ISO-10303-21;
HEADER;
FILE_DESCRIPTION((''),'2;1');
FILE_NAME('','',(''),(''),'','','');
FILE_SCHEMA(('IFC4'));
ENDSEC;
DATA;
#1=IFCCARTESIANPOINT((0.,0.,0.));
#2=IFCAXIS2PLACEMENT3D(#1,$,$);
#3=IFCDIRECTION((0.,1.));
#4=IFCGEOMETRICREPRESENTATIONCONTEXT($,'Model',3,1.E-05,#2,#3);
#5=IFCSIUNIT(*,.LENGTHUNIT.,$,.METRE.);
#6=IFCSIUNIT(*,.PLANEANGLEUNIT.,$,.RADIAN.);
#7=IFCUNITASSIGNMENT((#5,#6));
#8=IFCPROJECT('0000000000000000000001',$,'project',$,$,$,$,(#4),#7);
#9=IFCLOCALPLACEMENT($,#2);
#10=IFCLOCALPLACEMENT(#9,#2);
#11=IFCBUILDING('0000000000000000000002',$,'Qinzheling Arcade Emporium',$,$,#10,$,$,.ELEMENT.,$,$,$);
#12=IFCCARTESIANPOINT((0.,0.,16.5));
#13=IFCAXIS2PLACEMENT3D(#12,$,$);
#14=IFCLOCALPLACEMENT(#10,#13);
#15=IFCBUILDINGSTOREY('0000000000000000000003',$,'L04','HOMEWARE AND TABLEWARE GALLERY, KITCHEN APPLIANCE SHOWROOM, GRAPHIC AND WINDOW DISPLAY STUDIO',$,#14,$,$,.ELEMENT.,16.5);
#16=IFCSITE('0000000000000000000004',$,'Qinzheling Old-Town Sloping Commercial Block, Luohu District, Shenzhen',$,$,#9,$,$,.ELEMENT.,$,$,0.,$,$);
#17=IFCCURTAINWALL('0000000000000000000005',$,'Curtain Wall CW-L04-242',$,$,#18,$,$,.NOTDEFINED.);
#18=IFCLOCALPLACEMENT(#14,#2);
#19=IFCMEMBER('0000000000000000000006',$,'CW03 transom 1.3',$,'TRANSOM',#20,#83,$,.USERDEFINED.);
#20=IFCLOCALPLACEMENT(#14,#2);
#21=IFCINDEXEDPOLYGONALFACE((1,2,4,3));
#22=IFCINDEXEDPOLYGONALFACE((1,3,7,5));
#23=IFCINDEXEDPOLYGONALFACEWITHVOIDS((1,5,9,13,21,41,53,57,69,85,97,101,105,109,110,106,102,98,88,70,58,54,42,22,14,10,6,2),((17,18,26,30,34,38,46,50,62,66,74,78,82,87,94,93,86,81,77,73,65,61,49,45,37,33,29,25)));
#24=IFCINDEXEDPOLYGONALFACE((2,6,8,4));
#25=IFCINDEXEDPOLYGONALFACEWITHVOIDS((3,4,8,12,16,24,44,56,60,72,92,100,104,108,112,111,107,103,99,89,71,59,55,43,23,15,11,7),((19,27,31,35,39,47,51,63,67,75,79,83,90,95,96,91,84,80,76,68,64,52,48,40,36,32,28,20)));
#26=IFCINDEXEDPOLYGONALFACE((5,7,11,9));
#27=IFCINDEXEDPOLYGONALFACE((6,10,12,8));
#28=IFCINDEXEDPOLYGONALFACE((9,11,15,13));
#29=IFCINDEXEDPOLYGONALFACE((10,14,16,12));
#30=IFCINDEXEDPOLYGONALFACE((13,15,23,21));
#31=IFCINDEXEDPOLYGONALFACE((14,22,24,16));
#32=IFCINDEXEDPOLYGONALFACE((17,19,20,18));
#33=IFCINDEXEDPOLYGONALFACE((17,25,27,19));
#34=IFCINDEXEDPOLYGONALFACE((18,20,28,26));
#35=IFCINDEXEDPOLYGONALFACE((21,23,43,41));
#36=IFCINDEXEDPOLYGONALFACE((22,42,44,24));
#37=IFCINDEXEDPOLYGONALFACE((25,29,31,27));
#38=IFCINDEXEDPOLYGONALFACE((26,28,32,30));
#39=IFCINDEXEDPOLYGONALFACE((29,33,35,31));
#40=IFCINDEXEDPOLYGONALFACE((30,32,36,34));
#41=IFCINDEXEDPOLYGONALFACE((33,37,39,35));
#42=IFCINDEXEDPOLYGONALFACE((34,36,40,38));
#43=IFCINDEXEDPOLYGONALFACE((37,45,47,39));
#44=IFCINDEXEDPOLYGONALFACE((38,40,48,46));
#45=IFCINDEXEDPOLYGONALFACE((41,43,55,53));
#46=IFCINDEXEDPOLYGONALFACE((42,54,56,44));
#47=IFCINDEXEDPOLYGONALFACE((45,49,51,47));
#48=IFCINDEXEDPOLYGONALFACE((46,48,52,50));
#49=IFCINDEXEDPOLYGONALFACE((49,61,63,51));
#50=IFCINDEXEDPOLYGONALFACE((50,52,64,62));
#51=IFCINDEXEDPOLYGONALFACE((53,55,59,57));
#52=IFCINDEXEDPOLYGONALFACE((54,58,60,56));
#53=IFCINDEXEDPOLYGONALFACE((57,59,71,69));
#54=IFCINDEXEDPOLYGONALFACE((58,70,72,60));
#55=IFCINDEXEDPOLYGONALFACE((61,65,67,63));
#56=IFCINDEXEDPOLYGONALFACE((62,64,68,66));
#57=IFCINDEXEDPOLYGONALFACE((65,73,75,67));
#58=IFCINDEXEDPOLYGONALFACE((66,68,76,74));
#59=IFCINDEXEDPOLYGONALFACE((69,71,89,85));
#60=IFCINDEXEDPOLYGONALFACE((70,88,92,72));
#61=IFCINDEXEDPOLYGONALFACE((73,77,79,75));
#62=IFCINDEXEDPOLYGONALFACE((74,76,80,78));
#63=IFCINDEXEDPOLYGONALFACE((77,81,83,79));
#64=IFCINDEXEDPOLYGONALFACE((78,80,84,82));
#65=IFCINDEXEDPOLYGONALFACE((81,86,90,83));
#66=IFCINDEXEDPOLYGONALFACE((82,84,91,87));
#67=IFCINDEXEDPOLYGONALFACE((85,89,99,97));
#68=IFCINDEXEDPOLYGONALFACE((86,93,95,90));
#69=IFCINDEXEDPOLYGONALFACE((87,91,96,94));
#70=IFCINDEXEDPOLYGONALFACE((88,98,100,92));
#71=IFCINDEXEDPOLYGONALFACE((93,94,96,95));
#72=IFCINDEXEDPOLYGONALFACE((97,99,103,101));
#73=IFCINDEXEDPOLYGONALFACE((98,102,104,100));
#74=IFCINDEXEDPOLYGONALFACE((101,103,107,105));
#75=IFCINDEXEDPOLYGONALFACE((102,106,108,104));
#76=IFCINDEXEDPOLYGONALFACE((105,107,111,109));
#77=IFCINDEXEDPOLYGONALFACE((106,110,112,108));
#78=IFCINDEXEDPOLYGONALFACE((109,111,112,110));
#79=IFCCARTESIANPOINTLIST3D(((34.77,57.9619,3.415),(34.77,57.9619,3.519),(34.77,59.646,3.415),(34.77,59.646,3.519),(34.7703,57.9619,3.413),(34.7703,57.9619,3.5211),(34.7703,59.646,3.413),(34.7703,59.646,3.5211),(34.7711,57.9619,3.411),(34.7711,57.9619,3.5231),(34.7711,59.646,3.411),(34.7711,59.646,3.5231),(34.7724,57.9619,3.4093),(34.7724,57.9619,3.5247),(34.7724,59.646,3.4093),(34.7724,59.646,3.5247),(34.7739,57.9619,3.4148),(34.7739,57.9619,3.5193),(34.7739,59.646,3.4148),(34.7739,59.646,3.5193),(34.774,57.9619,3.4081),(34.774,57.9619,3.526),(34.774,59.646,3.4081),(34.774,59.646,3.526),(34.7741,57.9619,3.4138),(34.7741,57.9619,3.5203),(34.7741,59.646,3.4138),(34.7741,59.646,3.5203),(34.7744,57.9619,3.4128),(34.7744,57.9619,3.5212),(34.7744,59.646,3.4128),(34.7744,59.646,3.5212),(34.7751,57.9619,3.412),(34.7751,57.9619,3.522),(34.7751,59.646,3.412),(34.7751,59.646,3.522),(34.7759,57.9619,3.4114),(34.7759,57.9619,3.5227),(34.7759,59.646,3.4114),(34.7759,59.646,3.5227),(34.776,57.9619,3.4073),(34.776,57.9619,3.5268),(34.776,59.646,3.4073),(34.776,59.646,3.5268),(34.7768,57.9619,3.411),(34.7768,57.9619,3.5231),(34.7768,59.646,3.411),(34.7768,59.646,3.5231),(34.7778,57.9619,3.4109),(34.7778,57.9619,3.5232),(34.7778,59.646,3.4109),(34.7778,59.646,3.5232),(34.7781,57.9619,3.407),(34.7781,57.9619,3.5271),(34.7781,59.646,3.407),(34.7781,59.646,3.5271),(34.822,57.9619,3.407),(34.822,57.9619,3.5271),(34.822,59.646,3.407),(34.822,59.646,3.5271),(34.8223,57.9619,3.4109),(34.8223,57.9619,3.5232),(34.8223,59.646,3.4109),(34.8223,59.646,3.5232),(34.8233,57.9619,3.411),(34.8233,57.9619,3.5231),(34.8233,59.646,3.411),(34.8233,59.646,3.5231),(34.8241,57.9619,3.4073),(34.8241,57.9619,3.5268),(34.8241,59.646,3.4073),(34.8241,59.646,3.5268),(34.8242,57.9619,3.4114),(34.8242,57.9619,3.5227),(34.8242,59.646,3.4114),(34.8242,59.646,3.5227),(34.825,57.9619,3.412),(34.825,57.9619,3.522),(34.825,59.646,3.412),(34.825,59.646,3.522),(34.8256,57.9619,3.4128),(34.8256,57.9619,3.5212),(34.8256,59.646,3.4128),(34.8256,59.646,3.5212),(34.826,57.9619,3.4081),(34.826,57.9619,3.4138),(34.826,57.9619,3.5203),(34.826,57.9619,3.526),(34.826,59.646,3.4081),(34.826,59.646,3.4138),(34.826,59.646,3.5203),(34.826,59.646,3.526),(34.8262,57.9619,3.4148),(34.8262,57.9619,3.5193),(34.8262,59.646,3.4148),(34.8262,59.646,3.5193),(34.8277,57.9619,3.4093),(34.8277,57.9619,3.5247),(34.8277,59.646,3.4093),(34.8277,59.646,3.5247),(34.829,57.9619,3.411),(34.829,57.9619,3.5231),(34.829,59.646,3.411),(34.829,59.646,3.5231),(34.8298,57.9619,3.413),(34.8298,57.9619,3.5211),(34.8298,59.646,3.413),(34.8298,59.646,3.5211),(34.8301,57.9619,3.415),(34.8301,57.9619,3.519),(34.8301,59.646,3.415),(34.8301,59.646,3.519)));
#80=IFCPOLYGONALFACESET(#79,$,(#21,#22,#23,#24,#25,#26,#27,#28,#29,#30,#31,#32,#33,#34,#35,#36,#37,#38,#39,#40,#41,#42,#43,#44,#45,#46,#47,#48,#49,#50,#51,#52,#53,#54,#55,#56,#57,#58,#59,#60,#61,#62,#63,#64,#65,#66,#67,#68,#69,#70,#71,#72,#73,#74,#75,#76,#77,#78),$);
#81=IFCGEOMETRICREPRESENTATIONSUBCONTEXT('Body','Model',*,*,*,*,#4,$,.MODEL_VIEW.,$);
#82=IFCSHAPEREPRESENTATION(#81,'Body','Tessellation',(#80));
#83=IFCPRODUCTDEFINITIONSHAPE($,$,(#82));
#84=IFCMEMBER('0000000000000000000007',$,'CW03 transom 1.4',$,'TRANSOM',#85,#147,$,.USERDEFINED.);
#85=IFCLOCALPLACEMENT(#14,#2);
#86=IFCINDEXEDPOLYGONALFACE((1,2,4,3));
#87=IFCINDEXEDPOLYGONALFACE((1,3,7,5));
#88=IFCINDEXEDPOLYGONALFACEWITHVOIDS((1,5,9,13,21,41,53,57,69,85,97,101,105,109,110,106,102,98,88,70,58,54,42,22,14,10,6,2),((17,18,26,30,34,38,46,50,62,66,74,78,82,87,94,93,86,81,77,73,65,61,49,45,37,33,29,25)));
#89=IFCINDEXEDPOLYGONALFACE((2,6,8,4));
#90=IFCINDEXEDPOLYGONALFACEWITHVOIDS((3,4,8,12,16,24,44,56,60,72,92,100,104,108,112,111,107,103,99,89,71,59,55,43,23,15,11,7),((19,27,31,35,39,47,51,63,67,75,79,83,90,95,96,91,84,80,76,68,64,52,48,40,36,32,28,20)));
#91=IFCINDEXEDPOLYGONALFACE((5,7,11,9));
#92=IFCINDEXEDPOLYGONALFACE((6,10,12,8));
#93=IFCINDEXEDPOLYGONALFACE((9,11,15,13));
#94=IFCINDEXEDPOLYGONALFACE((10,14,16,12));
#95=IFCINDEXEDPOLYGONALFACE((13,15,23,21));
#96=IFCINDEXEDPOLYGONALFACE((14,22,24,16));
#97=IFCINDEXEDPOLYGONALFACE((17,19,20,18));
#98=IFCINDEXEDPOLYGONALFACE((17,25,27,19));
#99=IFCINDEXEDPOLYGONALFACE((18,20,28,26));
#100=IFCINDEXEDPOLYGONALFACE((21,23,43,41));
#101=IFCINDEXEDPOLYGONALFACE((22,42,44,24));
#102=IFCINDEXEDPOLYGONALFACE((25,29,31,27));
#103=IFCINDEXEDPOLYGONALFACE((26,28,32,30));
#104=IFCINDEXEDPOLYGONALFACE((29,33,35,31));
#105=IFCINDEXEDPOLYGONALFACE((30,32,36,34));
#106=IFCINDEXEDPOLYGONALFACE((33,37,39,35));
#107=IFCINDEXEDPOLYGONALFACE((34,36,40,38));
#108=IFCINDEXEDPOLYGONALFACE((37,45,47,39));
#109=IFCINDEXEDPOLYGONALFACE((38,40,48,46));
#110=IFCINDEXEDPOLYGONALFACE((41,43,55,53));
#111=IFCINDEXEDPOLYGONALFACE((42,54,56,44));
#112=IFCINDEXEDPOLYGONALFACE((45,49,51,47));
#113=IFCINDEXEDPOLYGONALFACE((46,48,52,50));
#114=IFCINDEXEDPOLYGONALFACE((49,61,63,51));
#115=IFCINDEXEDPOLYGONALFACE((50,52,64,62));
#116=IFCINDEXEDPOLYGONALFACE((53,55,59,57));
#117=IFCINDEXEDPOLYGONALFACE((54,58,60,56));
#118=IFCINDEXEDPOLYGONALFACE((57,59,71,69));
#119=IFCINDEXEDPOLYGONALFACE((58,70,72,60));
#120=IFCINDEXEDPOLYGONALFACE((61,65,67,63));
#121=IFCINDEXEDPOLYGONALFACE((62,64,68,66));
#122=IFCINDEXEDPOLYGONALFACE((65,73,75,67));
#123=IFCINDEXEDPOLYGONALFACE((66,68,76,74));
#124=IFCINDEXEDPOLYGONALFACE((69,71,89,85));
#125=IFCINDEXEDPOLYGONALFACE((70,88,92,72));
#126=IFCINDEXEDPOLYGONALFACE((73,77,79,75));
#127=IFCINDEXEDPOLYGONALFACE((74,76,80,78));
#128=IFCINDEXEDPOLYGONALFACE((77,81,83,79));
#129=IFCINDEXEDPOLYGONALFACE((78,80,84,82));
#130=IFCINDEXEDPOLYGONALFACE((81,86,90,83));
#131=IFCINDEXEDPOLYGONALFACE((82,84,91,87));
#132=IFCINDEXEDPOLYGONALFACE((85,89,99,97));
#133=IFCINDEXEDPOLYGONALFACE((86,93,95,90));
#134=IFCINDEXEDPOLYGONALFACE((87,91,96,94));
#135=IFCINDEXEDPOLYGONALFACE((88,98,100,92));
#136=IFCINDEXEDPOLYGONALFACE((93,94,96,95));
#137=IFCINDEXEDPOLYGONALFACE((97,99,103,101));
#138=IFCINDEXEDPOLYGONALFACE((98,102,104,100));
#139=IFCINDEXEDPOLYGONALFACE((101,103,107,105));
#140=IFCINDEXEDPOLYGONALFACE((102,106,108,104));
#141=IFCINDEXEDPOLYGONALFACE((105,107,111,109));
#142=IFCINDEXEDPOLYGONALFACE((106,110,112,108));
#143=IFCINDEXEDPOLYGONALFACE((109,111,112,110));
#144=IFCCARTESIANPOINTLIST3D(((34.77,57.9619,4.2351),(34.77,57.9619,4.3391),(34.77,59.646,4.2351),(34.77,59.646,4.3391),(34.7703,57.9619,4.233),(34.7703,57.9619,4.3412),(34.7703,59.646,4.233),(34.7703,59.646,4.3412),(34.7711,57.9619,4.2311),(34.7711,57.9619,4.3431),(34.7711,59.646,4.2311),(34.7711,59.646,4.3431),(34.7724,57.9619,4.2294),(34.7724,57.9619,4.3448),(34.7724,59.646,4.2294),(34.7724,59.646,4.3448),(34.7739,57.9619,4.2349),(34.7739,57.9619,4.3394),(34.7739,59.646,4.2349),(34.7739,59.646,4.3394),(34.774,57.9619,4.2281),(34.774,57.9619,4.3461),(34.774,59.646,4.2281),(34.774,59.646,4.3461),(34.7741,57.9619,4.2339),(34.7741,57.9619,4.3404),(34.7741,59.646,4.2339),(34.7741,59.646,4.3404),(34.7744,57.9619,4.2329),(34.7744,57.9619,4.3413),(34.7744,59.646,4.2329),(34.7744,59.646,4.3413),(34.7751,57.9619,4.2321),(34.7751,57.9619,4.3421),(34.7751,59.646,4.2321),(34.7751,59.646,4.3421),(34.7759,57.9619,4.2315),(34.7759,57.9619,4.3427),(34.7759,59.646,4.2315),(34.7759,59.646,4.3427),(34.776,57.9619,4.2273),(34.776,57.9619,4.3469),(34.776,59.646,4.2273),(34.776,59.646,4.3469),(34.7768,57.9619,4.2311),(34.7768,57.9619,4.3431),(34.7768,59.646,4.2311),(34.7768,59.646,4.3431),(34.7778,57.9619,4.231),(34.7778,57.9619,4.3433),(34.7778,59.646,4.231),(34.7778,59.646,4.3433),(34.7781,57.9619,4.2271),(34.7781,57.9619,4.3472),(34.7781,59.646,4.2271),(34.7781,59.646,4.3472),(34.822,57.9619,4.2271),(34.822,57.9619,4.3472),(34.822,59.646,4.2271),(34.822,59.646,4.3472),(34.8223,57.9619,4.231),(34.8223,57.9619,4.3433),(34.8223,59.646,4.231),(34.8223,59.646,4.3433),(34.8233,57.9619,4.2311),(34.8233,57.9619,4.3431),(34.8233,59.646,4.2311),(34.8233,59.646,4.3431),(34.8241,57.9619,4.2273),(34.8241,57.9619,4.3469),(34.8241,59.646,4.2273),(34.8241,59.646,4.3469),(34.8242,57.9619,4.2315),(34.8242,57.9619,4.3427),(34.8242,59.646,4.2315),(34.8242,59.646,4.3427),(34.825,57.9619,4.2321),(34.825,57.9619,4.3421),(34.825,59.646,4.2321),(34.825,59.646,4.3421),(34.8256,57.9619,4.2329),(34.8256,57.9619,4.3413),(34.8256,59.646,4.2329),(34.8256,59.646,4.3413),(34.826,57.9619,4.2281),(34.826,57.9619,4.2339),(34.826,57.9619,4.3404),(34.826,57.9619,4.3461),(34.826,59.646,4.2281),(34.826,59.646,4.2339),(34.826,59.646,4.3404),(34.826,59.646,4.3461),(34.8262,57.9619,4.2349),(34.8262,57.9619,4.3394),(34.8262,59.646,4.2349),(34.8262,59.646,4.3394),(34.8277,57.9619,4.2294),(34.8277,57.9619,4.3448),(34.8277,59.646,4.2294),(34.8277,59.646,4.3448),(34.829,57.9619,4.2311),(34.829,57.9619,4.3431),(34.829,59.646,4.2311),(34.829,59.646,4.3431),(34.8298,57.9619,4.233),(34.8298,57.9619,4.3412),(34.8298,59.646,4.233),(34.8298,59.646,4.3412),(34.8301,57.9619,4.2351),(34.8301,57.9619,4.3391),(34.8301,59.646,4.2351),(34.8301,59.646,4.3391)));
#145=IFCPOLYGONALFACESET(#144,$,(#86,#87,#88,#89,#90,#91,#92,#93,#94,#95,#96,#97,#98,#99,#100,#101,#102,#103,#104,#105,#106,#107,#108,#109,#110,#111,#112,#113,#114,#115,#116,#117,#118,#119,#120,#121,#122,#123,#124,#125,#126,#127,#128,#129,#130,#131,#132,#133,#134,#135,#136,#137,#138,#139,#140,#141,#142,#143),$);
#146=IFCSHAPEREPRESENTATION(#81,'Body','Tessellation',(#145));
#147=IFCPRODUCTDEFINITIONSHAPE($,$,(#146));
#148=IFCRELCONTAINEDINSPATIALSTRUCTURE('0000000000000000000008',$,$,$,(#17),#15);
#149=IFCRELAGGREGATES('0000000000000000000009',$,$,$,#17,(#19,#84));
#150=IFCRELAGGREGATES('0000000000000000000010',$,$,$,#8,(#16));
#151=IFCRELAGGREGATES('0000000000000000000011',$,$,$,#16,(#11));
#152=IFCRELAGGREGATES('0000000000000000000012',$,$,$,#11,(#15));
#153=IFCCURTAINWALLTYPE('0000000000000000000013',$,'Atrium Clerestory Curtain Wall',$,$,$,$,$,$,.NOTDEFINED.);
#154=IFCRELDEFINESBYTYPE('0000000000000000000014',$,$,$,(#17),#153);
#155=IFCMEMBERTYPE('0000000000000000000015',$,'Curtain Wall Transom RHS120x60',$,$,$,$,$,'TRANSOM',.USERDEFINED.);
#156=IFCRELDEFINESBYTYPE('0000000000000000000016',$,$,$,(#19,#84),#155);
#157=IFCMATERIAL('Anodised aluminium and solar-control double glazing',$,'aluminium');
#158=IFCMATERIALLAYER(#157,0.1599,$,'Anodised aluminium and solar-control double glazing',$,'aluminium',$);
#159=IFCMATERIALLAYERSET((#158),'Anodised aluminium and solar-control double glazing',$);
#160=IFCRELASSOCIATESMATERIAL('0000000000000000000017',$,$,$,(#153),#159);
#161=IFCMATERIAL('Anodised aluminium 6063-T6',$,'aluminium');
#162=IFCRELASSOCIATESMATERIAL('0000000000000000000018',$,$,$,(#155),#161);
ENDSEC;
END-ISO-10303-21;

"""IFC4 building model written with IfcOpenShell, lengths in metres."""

from ifc_helpers import new_model, si_unit, direction, frame, origin, origin_2d, place, context, subcontext, project, spatial, hollow_rectangle, extrude, material, layer, layer_set, material_profile, profile_set, type_object, element, aggregate, save


model = new_model("IFC4")

# Units and contexts
model_context = context("Model", 3, precision=1e-05, world=origin(), true_north=direction((0.0, 1.0)))
body_context = subcontext(model_context, "Body", "Model", "MODEL_VIEW")
ifc_project = project(units=[si_unit("LENGTHUNIT", "METRE"), si_unit("PLANEANGLEUNIT", "RADIAN")], contexts=[model_context])

# Site, building, storey
site_placement = place(None, origin())
site = spatial("IfcSite", under=ifc_project, at=site_placement, Name="Qinzheling Old-Town Sloping Commercial Block, Luohu District, Shenzhen", CompositionType="ELEMENT", RefElevation=0.0)
building_placement = place(site_placement, origin())
building = spatial("IfcBuilding", under=site, at=building_placement, Name="Qinzheling Arcade Emporium", CompositionType="ELEMENT")
storey_placement = place(building_placement, frame((0.0, 0.0, 16.5)))
storey = spatial("IfcBuildingStorey", under=building, at=storey_placement, Name="L04", Description="HOMEWARE AND TABLEWARE GALLERY, KITCHEN APPLIANCE SHOWROOM, GRAPHIC AND WINDOW DISPLAY STUDIO", CompositionType="ELEMENT", Elevation=16.5)

# Curtain wall
ifc_material_1 = material(Name="Anodised aluminium and solar-control double glazing", Category="aluminium")
ifc_layer_1 = layer(ifc_material_1, 0.1599, Name="Anodised aluminium and solar-control double glazing", Category="aluminium")
ifc_layer_set_1 = layer_set([ifc_layer_1], Name="Anodised aluminium and solar-control double glazing")
curtain_wall_type = type_object("IfcCurtainWallType", Name="Atrium Clerestory Curtain Wall", PredefinedType="NOTDEFINED", material=ifc_layer_set_1)
ifc_material_2 = material(Name="Anodised aluminium 6063-T6", Category="aluminium")
curtain_wall_1_placement = place(storey_placement, origin())
curtain_wall_1 = element("IfcCurtainWall", 1, at=curtain_wall_1_placement, inside=storey, type_object=curtain_wall_type, Name="Curtain Wall CW-L04-242", PredefinedType="NOTDEFINED")

# Members
ifc_material_profile_1 = material_profile(ifc_material_2, hollow_rectangle(XDim=0.0601, YDim=0.1201, WallThickness=0.0039, InnerFilletRadius=0.0039, OuterFilletRadius=0.0081, at=origin_2d()), Name="RHS 120x60x4", Category="aluminium")
ifc_profile_set_1 = profile_set([ifc_material_profile_1], Name="Anodised aluminium 6063-T6")
member_type_1 = type_object("IfcMemberType", Name="Curtain Wall Transom RHS120x60", ElementType="TRANSOM", PredefinedType="USERDEFINED", material=ifc_profile_set_1)
member_1_placement = place(storey_placement, frame((34.8, 57.9619, 3.467), z_axis=(0.0, 1.0, 0.0), x_axis=(-1.0, 0.0, 0.0)))
member_1 = element("IfcMember", 2, at=member_1_placement, type_object=member_type_1, Name="CW03 transom 1.3", ObjectType="TRANSOM", PredefinedType="USERDEFINED", context=body_context, shape_type="SweptSolid", body=[
    extrude(hollow_rectangle(XDim=0.0601, YDim=0.1201, WallThickness=0.0039, InnerFilletRadius=0.0039, OuterFilletRadius=0.0081, at=origin_2d()), origin(), (0.0, 0.0, 1.0), 1.6841),
])
member_2_placement = place(storey_placement, frame((34.8, 57.9619, 4.2871), z_axis=(0.0, 1.0, 0.0), x_axis=(-1.0, 0.0, 0.0)))
member_2 = element("IfcMember", 3, at=member_2_placement, type_object=member_type_1, Name="CW03 transom 1.4", ObjectType="TRANSOM", PredefinedType="USERDEFINED", context=body_context, shape_type="SweptSolid", body=[
    extrude(hollow_rectangle(XDim=0.0601, YDim=0.1201, WallThickness=0.0039, InnerFilletRadius=0.0039, OuterFilletRadius=0.0081, at=origin_2d()), origin(), (0.0, 0.0, 1.0), 1.6841),
])

aggregate(curtain_wall_1, [member_1, member_2])

save(model, "model.ifc")
